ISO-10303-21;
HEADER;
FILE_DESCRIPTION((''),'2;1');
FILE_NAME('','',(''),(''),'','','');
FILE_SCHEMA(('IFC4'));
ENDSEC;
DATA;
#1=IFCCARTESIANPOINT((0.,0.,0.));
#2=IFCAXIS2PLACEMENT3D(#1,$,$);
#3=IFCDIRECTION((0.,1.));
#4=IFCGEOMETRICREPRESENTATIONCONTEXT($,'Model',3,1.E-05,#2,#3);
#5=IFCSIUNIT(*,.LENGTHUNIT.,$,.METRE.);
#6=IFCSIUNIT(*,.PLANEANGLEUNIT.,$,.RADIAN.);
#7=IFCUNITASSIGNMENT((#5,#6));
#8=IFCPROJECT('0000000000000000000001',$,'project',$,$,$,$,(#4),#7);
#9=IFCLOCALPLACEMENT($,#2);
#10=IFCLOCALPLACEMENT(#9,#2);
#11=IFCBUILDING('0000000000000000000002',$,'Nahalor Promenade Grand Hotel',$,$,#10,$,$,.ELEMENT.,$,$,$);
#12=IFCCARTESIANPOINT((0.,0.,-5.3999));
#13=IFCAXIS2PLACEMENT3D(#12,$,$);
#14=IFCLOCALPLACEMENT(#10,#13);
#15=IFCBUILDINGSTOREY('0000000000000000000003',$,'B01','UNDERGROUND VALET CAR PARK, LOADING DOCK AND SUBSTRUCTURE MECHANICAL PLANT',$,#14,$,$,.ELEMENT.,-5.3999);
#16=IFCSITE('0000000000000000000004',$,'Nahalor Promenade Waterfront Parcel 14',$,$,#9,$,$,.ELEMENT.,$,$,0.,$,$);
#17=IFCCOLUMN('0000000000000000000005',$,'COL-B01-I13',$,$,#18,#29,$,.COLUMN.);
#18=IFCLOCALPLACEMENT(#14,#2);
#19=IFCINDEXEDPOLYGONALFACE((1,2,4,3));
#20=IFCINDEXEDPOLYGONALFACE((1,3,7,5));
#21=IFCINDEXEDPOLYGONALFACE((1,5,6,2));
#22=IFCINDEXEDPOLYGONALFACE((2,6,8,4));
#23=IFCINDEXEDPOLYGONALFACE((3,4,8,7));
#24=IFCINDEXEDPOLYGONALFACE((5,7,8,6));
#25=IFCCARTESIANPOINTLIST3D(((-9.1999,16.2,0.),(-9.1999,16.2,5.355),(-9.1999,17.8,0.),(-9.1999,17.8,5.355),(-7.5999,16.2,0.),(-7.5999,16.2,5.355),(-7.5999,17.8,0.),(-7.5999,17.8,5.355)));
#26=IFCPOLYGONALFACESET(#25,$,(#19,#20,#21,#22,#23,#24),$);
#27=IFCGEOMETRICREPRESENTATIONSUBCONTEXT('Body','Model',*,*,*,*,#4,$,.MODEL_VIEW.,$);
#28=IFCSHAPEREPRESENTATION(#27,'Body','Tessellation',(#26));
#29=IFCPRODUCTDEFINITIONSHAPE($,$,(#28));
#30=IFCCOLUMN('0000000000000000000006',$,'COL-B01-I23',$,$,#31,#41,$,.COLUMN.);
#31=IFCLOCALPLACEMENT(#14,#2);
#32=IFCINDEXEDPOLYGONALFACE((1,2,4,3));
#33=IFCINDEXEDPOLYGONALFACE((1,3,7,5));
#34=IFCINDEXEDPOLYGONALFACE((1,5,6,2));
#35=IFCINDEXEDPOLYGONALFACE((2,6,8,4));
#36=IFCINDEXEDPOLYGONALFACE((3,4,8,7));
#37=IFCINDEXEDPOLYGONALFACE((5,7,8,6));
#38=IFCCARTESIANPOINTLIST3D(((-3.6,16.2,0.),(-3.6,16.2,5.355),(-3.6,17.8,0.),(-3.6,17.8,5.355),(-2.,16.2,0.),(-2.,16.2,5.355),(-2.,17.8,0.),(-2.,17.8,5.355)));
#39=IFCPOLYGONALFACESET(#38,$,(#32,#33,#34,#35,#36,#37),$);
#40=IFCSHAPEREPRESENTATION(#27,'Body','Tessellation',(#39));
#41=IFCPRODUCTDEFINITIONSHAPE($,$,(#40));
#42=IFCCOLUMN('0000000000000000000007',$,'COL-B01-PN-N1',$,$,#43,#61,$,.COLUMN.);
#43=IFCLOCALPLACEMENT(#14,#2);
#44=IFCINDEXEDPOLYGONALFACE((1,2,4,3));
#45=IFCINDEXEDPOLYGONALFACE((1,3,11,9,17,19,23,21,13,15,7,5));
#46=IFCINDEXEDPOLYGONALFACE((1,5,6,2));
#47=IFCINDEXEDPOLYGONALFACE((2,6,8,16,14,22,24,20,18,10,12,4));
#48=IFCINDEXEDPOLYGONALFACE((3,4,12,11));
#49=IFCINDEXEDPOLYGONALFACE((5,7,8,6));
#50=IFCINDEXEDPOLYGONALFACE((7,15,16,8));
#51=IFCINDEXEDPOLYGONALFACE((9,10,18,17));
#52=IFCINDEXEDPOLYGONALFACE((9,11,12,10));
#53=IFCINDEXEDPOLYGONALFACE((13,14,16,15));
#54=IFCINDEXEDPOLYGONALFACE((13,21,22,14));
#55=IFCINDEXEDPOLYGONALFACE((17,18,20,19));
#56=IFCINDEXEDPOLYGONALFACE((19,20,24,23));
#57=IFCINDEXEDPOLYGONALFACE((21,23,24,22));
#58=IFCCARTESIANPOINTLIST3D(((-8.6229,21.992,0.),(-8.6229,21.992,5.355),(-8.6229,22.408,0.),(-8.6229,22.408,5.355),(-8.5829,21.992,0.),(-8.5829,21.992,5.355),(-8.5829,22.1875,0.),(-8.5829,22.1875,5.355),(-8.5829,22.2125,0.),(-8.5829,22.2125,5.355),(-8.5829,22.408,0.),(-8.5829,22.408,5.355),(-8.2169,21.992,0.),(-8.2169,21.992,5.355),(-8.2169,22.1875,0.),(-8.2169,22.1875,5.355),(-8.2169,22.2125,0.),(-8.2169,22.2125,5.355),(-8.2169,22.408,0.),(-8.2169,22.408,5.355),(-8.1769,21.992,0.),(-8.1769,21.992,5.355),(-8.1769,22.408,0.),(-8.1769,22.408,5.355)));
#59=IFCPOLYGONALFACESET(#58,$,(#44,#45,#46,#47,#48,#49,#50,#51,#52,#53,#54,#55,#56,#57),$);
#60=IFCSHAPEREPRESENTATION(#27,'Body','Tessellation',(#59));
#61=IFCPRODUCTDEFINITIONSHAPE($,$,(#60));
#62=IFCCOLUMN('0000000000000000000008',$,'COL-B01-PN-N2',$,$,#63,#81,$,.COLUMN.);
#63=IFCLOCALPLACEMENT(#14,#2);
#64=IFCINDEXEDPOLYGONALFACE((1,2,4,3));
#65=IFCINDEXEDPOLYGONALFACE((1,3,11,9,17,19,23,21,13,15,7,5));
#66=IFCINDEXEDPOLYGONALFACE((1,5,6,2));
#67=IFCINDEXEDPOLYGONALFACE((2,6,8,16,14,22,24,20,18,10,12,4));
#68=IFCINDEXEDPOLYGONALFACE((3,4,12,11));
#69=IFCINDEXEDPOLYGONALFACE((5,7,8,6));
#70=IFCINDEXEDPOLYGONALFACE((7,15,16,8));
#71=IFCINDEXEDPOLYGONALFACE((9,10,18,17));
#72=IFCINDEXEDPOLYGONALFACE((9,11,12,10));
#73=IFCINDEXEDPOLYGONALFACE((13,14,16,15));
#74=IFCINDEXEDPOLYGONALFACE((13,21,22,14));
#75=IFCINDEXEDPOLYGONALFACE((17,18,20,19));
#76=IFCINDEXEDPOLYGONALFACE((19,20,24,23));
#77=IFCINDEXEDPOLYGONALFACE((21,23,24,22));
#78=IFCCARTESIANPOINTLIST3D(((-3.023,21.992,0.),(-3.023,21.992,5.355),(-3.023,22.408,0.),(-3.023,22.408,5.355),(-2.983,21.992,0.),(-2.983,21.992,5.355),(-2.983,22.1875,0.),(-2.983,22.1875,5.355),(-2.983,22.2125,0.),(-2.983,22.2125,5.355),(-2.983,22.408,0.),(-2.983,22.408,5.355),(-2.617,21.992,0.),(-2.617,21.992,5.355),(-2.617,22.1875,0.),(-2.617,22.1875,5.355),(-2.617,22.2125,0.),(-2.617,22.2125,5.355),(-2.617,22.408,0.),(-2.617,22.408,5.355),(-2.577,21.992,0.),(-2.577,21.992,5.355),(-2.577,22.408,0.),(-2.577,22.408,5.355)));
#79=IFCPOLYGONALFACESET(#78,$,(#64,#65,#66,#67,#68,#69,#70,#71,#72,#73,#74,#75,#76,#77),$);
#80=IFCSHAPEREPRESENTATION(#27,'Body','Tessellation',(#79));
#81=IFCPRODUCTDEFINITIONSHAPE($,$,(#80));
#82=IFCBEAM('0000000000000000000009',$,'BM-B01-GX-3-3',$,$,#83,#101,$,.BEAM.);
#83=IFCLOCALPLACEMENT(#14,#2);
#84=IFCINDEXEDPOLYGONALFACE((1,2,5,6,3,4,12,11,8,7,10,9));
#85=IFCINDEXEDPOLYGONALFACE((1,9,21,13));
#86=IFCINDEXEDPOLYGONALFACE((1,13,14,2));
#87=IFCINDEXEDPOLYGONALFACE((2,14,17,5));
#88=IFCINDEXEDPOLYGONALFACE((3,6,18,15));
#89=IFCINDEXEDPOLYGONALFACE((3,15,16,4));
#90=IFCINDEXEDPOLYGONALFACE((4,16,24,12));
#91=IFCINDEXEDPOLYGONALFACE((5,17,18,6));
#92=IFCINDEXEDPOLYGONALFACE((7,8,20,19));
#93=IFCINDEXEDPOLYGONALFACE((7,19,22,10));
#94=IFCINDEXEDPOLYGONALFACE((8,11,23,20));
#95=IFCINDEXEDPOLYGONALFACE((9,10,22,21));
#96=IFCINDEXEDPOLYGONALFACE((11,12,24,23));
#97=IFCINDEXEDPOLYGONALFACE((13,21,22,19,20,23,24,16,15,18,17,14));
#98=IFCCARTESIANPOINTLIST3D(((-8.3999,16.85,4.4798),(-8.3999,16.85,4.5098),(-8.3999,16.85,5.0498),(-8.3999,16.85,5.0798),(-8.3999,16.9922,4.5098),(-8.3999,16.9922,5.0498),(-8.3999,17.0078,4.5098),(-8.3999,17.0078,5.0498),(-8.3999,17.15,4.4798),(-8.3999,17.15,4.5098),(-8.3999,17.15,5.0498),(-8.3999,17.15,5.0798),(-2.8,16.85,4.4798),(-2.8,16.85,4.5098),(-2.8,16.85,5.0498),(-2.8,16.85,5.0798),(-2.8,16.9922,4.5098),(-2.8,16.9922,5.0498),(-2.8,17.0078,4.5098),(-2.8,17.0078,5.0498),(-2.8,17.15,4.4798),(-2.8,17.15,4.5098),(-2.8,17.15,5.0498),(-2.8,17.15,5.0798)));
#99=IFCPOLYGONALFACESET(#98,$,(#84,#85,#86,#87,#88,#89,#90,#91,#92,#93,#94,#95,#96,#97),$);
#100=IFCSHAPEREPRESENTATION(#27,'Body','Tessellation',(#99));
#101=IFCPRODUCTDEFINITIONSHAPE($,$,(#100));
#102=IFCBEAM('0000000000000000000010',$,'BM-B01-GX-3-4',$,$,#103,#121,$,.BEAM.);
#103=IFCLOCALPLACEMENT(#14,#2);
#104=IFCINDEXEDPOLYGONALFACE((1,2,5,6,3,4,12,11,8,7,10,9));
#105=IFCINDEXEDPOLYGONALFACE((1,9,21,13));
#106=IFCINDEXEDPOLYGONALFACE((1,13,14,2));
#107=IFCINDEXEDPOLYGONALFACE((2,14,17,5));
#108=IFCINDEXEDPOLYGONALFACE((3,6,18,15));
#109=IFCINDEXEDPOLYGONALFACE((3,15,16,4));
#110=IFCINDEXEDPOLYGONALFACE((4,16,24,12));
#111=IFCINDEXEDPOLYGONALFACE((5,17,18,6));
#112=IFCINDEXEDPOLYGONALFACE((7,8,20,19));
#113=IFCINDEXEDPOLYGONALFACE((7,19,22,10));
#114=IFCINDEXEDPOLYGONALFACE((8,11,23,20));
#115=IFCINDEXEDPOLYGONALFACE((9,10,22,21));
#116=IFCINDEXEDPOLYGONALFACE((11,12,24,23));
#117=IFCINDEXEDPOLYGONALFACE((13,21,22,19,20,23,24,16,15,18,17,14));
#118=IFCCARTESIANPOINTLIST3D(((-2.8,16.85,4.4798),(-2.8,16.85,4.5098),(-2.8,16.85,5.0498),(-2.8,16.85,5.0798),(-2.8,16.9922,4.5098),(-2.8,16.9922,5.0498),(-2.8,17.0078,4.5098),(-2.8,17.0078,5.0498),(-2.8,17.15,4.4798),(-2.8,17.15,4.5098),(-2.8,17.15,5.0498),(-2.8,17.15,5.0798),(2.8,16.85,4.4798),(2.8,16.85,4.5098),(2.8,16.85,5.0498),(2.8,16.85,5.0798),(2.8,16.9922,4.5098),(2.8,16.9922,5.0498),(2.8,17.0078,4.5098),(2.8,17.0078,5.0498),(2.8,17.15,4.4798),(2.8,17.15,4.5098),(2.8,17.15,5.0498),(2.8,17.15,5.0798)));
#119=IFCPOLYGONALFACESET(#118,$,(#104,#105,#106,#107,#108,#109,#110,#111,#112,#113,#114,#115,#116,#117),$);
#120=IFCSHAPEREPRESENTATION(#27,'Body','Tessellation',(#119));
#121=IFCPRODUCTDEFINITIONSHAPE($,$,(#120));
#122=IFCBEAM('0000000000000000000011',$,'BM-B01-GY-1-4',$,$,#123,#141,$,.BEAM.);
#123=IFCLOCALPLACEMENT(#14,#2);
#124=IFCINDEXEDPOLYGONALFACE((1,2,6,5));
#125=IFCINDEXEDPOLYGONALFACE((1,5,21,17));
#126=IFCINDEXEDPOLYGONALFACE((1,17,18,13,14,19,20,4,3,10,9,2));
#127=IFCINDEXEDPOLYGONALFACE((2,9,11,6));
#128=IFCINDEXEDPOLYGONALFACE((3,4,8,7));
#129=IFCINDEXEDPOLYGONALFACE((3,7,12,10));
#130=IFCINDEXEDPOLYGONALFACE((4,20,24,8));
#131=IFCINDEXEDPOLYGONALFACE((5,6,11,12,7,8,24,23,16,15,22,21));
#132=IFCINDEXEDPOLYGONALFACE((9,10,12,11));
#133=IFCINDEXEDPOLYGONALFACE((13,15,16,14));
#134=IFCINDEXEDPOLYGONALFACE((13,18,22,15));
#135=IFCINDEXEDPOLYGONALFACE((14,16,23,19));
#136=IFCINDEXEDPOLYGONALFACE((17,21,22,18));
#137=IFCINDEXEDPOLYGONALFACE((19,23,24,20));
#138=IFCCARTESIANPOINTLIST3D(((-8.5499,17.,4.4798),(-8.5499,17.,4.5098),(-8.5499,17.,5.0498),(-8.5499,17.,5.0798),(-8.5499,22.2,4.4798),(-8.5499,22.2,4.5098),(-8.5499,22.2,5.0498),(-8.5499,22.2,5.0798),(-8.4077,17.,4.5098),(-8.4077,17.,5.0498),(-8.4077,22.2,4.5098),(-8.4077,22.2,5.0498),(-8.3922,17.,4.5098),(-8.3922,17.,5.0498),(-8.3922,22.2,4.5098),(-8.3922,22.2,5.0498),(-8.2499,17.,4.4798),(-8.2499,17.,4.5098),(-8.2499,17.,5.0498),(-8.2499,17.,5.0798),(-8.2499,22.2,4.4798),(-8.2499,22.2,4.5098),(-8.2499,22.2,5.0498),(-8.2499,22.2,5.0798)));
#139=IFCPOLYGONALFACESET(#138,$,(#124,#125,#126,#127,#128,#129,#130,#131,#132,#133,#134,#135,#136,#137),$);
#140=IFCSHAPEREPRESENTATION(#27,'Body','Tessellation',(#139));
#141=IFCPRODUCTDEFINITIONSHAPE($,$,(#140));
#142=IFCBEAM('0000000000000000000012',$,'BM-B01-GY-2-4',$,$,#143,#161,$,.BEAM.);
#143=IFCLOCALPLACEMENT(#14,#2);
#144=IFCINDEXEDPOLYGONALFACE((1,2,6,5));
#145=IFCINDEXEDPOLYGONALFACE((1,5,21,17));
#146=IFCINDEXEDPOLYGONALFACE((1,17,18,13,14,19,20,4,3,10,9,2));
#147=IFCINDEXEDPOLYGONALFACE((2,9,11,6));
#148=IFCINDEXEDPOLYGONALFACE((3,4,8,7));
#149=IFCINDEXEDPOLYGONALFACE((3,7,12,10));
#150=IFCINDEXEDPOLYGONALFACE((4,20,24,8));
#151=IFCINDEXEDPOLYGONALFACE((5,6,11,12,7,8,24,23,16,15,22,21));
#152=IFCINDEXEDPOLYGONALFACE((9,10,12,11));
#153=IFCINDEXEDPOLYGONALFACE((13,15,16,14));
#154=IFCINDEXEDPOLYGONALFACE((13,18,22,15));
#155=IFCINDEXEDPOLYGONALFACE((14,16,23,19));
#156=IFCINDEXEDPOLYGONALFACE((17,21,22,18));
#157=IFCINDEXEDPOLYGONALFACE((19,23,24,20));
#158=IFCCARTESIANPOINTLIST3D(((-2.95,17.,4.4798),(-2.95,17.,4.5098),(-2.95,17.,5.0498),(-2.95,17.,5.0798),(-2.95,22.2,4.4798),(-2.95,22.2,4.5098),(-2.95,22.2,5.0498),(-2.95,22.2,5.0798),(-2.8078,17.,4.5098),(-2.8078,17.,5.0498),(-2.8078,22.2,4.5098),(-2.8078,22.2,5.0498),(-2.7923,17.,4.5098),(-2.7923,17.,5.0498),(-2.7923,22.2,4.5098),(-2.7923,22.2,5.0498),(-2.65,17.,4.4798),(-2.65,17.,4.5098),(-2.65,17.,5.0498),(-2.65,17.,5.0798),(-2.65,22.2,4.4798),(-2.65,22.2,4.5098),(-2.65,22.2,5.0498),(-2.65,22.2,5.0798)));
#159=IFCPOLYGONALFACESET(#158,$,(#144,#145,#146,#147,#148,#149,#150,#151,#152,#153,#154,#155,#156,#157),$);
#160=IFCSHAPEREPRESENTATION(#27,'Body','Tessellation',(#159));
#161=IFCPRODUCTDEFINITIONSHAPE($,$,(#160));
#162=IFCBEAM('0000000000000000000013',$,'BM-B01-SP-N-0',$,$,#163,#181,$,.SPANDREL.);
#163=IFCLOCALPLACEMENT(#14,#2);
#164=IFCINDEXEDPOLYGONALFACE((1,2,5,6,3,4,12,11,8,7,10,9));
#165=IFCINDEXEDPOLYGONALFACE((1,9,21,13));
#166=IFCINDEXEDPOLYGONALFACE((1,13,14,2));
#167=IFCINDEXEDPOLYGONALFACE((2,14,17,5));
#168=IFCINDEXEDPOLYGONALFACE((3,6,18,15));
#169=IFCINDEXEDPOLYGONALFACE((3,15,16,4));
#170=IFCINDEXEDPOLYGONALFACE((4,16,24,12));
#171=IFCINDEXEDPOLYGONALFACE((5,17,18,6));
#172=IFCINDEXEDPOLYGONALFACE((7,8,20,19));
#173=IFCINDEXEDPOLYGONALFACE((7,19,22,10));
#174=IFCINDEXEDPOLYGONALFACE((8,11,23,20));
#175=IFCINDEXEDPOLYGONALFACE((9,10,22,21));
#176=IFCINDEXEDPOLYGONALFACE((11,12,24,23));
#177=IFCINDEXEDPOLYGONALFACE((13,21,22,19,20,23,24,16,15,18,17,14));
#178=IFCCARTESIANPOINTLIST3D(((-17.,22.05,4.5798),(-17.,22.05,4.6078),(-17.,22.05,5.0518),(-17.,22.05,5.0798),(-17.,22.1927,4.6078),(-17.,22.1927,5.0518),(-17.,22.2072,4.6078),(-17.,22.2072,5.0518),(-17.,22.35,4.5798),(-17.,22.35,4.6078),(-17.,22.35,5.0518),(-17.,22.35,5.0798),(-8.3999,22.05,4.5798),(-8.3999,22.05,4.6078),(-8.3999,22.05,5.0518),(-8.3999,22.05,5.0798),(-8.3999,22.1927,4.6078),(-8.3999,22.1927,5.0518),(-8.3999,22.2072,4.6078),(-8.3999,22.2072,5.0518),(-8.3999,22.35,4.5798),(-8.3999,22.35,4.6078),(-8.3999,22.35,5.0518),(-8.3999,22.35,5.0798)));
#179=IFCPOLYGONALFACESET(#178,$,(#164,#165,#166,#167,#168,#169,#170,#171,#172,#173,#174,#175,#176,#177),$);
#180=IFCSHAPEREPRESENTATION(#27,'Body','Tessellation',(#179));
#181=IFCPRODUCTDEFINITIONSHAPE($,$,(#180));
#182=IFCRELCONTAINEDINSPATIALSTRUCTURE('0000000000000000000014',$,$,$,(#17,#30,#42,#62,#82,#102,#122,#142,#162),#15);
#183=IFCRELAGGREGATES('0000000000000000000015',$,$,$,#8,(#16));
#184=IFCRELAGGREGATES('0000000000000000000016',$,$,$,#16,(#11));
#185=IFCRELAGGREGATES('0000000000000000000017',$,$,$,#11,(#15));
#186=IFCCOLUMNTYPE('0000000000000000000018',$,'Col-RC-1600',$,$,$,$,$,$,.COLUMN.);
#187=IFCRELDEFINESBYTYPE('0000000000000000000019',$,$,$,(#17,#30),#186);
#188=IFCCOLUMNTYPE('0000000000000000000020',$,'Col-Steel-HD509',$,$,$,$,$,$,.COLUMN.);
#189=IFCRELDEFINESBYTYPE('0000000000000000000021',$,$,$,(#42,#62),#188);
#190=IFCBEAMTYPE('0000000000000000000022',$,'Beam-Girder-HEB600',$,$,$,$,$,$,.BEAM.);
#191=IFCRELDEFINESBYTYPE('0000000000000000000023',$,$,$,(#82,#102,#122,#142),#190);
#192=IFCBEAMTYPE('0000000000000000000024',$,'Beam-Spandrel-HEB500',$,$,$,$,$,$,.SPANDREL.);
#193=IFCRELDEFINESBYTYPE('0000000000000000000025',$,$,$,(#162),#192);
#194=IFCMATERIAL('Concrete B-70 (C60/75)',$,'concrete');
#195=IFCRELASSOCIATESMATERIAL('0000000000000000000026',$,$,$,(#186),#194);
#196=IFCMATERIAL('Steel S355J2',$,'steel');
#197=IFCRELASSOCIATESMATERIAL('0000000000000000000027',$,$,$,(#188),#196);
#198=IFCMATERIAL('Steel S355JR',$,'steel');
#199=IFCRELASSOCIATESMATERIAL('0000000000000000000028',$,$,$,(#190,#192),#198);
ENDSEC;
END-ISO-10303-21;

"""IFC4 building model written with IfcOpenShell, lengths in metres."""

from ifc_helpers import new_model, si_unit, direction, frame, origin, origin_2d, place, context, subcontext, project, spatial, rectangle, i_section, extrude, source, transform, mapped, material, material_profile, profile_set, type_object, element, save


model = new_model("IFC4")

# Units and contexts
model_context = context("Model", 3, precision=1e-05, world=origin(), true_north=direction((0.0, 1.0)))
body_context = subcontext(model_context, "Body", "Model", "MODEL_VIEW")
ifc_project = project(units=[si_unit("LENGTHUNIT", "METRE"), si_unit("PLANEANGLEUNIT", "RADIAN")], contexts=[model_context])

# Site, building, storey
site_placement = place(None, origin())
site = spatial("IfcSite", under=ifc_project, at=site_placement, Name="Nahalor Promenade Waterfront Parcel 14", CompositionType="ELEMENT", RefElevation=0.0)
building_placement = place(site_placement, origin())
building = spatial("IfcBuilding", under=site, at=building_placement, Name="Nahalor Promenade Grand Hotel", CompositionType="ELEMENT")
storey_placement = place(building_placement, frame((0.0, 0.0, -5.3999)))
storey = spatial("IfcBuildingStorey", under=building, at=storey_placement, Name="B01", Description="UNDERGROUND VALET CAR PARK, LOADING DOCK AND SUBSTRUCTURE MECHANICAL PLANT", CompositionType="ELEMENT", Elevation=-5.3999)

# Columns
ifc_material_1 = material(Name="Concrete B-70 (C60/75)", Category="concrete")
ifc_material_profile_1 = material_profile(ifc_material_1, rectangle(XDim=1.6, YDim=1.6, at=origin_2d()), Name="RC 1600x1600")
ifc_profile_set_1 = profile_set([ifc_material_profile_1], Name="Concrete B-70 (C60/75)")
column_type_1 = type_object("IfcColumnType", Name="Col-RC-1600", PredefinedType="COLUMN", material=ifc_profile_set_1)
shared_shape_1 = source(origin(), body_context, "Body", "SweptSolid", [
    extrude(rectangle(XDim=1.6, YDim=1.6, at=origin_2d()), origin(), (0.0, 0.0, 1.0), 5.355),
])
for number, where, z_axis, x_axis, name in (
    (1, (-8.3999, 17.0, 0.0), (0.0, 0.0, 1.0), (1.0, 0.0, 0.0), "COL-B01-I13"),
    (2, (-2.8, 17.0, 0.0), (0.0, 0.0, 1.0), (1.0, 0.0, 0.0), "COL-B01-I23"),
):
    element("IfcColumn", number, at=place(storey_placement, frame(where, z_axis=z_axis, x_axis=x_axis)), inside=storey, type_object=column_type_1, Name=name, PredefinedType="COLUMN", context=body_context, shape_type="MappedRepresentation", body=[
        mapped(shared_shape_1, transform((0.0, 0.0, 0.0), scale=1.0)),
    ])
ifc_material_2 = material(Name="Steel S355J2", Category="steel")
ifc_material_profile_2 = material_profile(ifc_material_2, i_section(OverallWidth=0.416, OverallDepth=0.446, WebThickness=0.025, FlangeThickness=0.04, at=origin_2d()), Name="HD 400x509")
ifc_profile_set_2 = profile_set([ifc_material_profile_2], Name="Steel S355J2")
column_type_2 = type_object("IfcColumnType", Name="Col-Steel-HD509", PredefinedType="COLUMN", material=ifc_profile_set_2)
shared_shape_2 = source(origin(), body_context, "Body", "SweptSolid", [
    extrude(i_section(OverallWidth=0.416, OverallDepth=0.446, WebThickness=0.025, FlangeThickness=0.04, at=origin_2d()), origin(), (0.0, 0.0, 1.0), 5.355),
])
for number, where, z_axis, x_axis, name in (
    (3, (-8.3999, 22.2, 0.0), (0.0, 0.0, 1.0), (0.0, 1.0, 0.0), "COL-B01-PN-N1"),
    (4, (-2.8, 22.2, 0.0), (0.0, 0.0, 1.0), (0.0, 1.0, 0.0), "COL-B01-PN-N2"),
):
    element("IfcColumn", number, at=place(storey_placement, frame(where, z_axis=z_axis, x_axis=x_axis)), inside=storey, type_object=column_type_2, Name=name, PredefinedType="COLUMN", context=body_context, shape_type="MappedRepresentation", body=[
        mapped(shared_shape_2, transform((0.0, 0.0, 0.0), scale=1.0)),
    ])

# Beams
ifc_material_3 = material(Name="Steel S355JR", Category="steel")
ifc_material_profile_3 = material_profile(ifc_material_3, i_section(OverallWidth=0.3, OverallDepth=0.6, WebThickness=0.0155, FlangeThickness=0.03, at=origin_2d()), Name="HEB 600")
ifc_profile_set_3 = profile_set([ifc_material_profile_3], Name="Steel S355JR")
beam_type_1 = type_object("IfcBeamType", Name="Beam-Girder-HEB600", PredefinedType="BEAM", material=ifc_profile_set_3)
shared_shape_3 = source(origin(), body_context, "Body", "SweptSolid", [
    extrude(i_section(OverallWidth=0.3, OverallDepth=0.6, WebThickness=0.0155, FlangeThickness=0.03, at=origin_2d()), origin(), (0.0, 0.0, 1.0), 5.5999),
])
beam_1_placement = place(storey_placement, frame((-8.3999, 17.0, 4.7798), z_axis=(1.0, 0.0, 0.0), x_axis=(0.0, 1.0, 0.0)))
element("IfcBeam", 5, at=beam_1_placement, inside=storey, type_object=beam_type_1, Name="BM-B01-GX-3-3", PredefinedType="BEAM", context=body_context, shape_type="MappedRepresentation", body=[
    mapped(shared_shape_3, transform((0.0, 0.0, 0.0), scale=1.0)),
])
shared_shape_4 = source(origin(), body_context, "Body", "SweptSolid", [
    extrude(i_section(OverallWidth=0.3, OverallDepth=0.6, WebThickness=0.0155, FlangeThickness=0.03, at=origin_2d()), origin(), (0.0, 0.0, 1.0), 5.6001),
])
beam_2_placement = place(storey_placement, frame((-2.8, 17.0, 4.7798), z_axis=(1.0, 0.0, 0.0), x_axis=(0.0, 1.0, 0.0)))
element("IfcBeam", 6, at=beam_2_placement, inside=storey, type_object=beam_type_1, Name="BM-B01-GX-3-4", PredefinedType="BEAM", context=body_context, shape_type="MappedRepresentation", body=[
    mapped(shared_shape_4, transform((0.0, 0.0, 0.0), scale=1.0)),
])
shared_shape_5 = source(origin(), body_context, "Body", "SweptSolid", [
    extrude(i_section(OverallWidth=0.3, OverallDepth=0.6, WebThickness=0.0155, FlangeThickness=0.03, at=origin_2d()), origin(), (0.0, 0.0, 1.0), 5.2),
])
for number, where, z_axis, x_axis, name in (
    (7, (-8.3999, 17.0, 4.7798), (0.0, 1.0, 0.0), (-1.0, 0.0, 0.0), "BM-B01-GY-1-4"),
    (8, (-2.8, 17.0, 4.7798), (0.0, 1.0, 0.0), (-1.0, 0.0, 0.0), "BM-B01-GY-2-4"),
):
    element("IfcBeam", number, at=place(storey_placement, frame(where, z_axis=z_axis, x_axis=x_axis)), inside=storey, type_object=beam_type_1, Name=name, PredefinedType="BEAM", context=body_context, shape_type="MappedRepresentation", body=[
        mapped(shared_shape_5, transform((0.0, 0.0, 0.0), scale=1.0)),
    ])
ifc_material_profile_4 = material_profile(ifc_material_3, i_section(OverallWidth=0.3, OverallDepth=0.5, WebThickness=0.0145, FlangeThickness=0.028, at=origin_2d()), Name="HEB 500")
ifc_profile_set_4 = profile_set([ifc_material_profile_4], Name="Steel S355JR")
beam_type_2 = type_object("IfcBeamType", Name="Beam-Spandrel-HEB500", PredefinedType="SPANDREL", material=ifc_profile_set_4)
shared_shape_6 = source(origin(), body_context, "Body", "SweptSolid", [
    extrude(i_section(OverallWidth=0.3, OverallDepth=0.5, WebThickness=0.0145, FlangeThickness=0.028, at=origin_2d()), origin(), (0.0, 0.0, 1.0), 8.6001),
])
beam_3_placement = place(storey_placement, frame((-17.0, 22.2, 4.8298), z_axis=(1.0, 0.0, 0.0), x_axis=(0.0, 1.0, 0.0)))
element("IfcBeam", 9, at=beam_3_placement, inside=storey, type_object=beam_type_2, Name="BM-B01-SP-N-0", PredefinedType="SPANDREL", context=body_context, shape_type="MappedRepresentation", body=[
    mapped(shared_shape_6, transform((0.0, 0.0, 0.0), scale=1.0)),
])

save(model, "model.ifc")
